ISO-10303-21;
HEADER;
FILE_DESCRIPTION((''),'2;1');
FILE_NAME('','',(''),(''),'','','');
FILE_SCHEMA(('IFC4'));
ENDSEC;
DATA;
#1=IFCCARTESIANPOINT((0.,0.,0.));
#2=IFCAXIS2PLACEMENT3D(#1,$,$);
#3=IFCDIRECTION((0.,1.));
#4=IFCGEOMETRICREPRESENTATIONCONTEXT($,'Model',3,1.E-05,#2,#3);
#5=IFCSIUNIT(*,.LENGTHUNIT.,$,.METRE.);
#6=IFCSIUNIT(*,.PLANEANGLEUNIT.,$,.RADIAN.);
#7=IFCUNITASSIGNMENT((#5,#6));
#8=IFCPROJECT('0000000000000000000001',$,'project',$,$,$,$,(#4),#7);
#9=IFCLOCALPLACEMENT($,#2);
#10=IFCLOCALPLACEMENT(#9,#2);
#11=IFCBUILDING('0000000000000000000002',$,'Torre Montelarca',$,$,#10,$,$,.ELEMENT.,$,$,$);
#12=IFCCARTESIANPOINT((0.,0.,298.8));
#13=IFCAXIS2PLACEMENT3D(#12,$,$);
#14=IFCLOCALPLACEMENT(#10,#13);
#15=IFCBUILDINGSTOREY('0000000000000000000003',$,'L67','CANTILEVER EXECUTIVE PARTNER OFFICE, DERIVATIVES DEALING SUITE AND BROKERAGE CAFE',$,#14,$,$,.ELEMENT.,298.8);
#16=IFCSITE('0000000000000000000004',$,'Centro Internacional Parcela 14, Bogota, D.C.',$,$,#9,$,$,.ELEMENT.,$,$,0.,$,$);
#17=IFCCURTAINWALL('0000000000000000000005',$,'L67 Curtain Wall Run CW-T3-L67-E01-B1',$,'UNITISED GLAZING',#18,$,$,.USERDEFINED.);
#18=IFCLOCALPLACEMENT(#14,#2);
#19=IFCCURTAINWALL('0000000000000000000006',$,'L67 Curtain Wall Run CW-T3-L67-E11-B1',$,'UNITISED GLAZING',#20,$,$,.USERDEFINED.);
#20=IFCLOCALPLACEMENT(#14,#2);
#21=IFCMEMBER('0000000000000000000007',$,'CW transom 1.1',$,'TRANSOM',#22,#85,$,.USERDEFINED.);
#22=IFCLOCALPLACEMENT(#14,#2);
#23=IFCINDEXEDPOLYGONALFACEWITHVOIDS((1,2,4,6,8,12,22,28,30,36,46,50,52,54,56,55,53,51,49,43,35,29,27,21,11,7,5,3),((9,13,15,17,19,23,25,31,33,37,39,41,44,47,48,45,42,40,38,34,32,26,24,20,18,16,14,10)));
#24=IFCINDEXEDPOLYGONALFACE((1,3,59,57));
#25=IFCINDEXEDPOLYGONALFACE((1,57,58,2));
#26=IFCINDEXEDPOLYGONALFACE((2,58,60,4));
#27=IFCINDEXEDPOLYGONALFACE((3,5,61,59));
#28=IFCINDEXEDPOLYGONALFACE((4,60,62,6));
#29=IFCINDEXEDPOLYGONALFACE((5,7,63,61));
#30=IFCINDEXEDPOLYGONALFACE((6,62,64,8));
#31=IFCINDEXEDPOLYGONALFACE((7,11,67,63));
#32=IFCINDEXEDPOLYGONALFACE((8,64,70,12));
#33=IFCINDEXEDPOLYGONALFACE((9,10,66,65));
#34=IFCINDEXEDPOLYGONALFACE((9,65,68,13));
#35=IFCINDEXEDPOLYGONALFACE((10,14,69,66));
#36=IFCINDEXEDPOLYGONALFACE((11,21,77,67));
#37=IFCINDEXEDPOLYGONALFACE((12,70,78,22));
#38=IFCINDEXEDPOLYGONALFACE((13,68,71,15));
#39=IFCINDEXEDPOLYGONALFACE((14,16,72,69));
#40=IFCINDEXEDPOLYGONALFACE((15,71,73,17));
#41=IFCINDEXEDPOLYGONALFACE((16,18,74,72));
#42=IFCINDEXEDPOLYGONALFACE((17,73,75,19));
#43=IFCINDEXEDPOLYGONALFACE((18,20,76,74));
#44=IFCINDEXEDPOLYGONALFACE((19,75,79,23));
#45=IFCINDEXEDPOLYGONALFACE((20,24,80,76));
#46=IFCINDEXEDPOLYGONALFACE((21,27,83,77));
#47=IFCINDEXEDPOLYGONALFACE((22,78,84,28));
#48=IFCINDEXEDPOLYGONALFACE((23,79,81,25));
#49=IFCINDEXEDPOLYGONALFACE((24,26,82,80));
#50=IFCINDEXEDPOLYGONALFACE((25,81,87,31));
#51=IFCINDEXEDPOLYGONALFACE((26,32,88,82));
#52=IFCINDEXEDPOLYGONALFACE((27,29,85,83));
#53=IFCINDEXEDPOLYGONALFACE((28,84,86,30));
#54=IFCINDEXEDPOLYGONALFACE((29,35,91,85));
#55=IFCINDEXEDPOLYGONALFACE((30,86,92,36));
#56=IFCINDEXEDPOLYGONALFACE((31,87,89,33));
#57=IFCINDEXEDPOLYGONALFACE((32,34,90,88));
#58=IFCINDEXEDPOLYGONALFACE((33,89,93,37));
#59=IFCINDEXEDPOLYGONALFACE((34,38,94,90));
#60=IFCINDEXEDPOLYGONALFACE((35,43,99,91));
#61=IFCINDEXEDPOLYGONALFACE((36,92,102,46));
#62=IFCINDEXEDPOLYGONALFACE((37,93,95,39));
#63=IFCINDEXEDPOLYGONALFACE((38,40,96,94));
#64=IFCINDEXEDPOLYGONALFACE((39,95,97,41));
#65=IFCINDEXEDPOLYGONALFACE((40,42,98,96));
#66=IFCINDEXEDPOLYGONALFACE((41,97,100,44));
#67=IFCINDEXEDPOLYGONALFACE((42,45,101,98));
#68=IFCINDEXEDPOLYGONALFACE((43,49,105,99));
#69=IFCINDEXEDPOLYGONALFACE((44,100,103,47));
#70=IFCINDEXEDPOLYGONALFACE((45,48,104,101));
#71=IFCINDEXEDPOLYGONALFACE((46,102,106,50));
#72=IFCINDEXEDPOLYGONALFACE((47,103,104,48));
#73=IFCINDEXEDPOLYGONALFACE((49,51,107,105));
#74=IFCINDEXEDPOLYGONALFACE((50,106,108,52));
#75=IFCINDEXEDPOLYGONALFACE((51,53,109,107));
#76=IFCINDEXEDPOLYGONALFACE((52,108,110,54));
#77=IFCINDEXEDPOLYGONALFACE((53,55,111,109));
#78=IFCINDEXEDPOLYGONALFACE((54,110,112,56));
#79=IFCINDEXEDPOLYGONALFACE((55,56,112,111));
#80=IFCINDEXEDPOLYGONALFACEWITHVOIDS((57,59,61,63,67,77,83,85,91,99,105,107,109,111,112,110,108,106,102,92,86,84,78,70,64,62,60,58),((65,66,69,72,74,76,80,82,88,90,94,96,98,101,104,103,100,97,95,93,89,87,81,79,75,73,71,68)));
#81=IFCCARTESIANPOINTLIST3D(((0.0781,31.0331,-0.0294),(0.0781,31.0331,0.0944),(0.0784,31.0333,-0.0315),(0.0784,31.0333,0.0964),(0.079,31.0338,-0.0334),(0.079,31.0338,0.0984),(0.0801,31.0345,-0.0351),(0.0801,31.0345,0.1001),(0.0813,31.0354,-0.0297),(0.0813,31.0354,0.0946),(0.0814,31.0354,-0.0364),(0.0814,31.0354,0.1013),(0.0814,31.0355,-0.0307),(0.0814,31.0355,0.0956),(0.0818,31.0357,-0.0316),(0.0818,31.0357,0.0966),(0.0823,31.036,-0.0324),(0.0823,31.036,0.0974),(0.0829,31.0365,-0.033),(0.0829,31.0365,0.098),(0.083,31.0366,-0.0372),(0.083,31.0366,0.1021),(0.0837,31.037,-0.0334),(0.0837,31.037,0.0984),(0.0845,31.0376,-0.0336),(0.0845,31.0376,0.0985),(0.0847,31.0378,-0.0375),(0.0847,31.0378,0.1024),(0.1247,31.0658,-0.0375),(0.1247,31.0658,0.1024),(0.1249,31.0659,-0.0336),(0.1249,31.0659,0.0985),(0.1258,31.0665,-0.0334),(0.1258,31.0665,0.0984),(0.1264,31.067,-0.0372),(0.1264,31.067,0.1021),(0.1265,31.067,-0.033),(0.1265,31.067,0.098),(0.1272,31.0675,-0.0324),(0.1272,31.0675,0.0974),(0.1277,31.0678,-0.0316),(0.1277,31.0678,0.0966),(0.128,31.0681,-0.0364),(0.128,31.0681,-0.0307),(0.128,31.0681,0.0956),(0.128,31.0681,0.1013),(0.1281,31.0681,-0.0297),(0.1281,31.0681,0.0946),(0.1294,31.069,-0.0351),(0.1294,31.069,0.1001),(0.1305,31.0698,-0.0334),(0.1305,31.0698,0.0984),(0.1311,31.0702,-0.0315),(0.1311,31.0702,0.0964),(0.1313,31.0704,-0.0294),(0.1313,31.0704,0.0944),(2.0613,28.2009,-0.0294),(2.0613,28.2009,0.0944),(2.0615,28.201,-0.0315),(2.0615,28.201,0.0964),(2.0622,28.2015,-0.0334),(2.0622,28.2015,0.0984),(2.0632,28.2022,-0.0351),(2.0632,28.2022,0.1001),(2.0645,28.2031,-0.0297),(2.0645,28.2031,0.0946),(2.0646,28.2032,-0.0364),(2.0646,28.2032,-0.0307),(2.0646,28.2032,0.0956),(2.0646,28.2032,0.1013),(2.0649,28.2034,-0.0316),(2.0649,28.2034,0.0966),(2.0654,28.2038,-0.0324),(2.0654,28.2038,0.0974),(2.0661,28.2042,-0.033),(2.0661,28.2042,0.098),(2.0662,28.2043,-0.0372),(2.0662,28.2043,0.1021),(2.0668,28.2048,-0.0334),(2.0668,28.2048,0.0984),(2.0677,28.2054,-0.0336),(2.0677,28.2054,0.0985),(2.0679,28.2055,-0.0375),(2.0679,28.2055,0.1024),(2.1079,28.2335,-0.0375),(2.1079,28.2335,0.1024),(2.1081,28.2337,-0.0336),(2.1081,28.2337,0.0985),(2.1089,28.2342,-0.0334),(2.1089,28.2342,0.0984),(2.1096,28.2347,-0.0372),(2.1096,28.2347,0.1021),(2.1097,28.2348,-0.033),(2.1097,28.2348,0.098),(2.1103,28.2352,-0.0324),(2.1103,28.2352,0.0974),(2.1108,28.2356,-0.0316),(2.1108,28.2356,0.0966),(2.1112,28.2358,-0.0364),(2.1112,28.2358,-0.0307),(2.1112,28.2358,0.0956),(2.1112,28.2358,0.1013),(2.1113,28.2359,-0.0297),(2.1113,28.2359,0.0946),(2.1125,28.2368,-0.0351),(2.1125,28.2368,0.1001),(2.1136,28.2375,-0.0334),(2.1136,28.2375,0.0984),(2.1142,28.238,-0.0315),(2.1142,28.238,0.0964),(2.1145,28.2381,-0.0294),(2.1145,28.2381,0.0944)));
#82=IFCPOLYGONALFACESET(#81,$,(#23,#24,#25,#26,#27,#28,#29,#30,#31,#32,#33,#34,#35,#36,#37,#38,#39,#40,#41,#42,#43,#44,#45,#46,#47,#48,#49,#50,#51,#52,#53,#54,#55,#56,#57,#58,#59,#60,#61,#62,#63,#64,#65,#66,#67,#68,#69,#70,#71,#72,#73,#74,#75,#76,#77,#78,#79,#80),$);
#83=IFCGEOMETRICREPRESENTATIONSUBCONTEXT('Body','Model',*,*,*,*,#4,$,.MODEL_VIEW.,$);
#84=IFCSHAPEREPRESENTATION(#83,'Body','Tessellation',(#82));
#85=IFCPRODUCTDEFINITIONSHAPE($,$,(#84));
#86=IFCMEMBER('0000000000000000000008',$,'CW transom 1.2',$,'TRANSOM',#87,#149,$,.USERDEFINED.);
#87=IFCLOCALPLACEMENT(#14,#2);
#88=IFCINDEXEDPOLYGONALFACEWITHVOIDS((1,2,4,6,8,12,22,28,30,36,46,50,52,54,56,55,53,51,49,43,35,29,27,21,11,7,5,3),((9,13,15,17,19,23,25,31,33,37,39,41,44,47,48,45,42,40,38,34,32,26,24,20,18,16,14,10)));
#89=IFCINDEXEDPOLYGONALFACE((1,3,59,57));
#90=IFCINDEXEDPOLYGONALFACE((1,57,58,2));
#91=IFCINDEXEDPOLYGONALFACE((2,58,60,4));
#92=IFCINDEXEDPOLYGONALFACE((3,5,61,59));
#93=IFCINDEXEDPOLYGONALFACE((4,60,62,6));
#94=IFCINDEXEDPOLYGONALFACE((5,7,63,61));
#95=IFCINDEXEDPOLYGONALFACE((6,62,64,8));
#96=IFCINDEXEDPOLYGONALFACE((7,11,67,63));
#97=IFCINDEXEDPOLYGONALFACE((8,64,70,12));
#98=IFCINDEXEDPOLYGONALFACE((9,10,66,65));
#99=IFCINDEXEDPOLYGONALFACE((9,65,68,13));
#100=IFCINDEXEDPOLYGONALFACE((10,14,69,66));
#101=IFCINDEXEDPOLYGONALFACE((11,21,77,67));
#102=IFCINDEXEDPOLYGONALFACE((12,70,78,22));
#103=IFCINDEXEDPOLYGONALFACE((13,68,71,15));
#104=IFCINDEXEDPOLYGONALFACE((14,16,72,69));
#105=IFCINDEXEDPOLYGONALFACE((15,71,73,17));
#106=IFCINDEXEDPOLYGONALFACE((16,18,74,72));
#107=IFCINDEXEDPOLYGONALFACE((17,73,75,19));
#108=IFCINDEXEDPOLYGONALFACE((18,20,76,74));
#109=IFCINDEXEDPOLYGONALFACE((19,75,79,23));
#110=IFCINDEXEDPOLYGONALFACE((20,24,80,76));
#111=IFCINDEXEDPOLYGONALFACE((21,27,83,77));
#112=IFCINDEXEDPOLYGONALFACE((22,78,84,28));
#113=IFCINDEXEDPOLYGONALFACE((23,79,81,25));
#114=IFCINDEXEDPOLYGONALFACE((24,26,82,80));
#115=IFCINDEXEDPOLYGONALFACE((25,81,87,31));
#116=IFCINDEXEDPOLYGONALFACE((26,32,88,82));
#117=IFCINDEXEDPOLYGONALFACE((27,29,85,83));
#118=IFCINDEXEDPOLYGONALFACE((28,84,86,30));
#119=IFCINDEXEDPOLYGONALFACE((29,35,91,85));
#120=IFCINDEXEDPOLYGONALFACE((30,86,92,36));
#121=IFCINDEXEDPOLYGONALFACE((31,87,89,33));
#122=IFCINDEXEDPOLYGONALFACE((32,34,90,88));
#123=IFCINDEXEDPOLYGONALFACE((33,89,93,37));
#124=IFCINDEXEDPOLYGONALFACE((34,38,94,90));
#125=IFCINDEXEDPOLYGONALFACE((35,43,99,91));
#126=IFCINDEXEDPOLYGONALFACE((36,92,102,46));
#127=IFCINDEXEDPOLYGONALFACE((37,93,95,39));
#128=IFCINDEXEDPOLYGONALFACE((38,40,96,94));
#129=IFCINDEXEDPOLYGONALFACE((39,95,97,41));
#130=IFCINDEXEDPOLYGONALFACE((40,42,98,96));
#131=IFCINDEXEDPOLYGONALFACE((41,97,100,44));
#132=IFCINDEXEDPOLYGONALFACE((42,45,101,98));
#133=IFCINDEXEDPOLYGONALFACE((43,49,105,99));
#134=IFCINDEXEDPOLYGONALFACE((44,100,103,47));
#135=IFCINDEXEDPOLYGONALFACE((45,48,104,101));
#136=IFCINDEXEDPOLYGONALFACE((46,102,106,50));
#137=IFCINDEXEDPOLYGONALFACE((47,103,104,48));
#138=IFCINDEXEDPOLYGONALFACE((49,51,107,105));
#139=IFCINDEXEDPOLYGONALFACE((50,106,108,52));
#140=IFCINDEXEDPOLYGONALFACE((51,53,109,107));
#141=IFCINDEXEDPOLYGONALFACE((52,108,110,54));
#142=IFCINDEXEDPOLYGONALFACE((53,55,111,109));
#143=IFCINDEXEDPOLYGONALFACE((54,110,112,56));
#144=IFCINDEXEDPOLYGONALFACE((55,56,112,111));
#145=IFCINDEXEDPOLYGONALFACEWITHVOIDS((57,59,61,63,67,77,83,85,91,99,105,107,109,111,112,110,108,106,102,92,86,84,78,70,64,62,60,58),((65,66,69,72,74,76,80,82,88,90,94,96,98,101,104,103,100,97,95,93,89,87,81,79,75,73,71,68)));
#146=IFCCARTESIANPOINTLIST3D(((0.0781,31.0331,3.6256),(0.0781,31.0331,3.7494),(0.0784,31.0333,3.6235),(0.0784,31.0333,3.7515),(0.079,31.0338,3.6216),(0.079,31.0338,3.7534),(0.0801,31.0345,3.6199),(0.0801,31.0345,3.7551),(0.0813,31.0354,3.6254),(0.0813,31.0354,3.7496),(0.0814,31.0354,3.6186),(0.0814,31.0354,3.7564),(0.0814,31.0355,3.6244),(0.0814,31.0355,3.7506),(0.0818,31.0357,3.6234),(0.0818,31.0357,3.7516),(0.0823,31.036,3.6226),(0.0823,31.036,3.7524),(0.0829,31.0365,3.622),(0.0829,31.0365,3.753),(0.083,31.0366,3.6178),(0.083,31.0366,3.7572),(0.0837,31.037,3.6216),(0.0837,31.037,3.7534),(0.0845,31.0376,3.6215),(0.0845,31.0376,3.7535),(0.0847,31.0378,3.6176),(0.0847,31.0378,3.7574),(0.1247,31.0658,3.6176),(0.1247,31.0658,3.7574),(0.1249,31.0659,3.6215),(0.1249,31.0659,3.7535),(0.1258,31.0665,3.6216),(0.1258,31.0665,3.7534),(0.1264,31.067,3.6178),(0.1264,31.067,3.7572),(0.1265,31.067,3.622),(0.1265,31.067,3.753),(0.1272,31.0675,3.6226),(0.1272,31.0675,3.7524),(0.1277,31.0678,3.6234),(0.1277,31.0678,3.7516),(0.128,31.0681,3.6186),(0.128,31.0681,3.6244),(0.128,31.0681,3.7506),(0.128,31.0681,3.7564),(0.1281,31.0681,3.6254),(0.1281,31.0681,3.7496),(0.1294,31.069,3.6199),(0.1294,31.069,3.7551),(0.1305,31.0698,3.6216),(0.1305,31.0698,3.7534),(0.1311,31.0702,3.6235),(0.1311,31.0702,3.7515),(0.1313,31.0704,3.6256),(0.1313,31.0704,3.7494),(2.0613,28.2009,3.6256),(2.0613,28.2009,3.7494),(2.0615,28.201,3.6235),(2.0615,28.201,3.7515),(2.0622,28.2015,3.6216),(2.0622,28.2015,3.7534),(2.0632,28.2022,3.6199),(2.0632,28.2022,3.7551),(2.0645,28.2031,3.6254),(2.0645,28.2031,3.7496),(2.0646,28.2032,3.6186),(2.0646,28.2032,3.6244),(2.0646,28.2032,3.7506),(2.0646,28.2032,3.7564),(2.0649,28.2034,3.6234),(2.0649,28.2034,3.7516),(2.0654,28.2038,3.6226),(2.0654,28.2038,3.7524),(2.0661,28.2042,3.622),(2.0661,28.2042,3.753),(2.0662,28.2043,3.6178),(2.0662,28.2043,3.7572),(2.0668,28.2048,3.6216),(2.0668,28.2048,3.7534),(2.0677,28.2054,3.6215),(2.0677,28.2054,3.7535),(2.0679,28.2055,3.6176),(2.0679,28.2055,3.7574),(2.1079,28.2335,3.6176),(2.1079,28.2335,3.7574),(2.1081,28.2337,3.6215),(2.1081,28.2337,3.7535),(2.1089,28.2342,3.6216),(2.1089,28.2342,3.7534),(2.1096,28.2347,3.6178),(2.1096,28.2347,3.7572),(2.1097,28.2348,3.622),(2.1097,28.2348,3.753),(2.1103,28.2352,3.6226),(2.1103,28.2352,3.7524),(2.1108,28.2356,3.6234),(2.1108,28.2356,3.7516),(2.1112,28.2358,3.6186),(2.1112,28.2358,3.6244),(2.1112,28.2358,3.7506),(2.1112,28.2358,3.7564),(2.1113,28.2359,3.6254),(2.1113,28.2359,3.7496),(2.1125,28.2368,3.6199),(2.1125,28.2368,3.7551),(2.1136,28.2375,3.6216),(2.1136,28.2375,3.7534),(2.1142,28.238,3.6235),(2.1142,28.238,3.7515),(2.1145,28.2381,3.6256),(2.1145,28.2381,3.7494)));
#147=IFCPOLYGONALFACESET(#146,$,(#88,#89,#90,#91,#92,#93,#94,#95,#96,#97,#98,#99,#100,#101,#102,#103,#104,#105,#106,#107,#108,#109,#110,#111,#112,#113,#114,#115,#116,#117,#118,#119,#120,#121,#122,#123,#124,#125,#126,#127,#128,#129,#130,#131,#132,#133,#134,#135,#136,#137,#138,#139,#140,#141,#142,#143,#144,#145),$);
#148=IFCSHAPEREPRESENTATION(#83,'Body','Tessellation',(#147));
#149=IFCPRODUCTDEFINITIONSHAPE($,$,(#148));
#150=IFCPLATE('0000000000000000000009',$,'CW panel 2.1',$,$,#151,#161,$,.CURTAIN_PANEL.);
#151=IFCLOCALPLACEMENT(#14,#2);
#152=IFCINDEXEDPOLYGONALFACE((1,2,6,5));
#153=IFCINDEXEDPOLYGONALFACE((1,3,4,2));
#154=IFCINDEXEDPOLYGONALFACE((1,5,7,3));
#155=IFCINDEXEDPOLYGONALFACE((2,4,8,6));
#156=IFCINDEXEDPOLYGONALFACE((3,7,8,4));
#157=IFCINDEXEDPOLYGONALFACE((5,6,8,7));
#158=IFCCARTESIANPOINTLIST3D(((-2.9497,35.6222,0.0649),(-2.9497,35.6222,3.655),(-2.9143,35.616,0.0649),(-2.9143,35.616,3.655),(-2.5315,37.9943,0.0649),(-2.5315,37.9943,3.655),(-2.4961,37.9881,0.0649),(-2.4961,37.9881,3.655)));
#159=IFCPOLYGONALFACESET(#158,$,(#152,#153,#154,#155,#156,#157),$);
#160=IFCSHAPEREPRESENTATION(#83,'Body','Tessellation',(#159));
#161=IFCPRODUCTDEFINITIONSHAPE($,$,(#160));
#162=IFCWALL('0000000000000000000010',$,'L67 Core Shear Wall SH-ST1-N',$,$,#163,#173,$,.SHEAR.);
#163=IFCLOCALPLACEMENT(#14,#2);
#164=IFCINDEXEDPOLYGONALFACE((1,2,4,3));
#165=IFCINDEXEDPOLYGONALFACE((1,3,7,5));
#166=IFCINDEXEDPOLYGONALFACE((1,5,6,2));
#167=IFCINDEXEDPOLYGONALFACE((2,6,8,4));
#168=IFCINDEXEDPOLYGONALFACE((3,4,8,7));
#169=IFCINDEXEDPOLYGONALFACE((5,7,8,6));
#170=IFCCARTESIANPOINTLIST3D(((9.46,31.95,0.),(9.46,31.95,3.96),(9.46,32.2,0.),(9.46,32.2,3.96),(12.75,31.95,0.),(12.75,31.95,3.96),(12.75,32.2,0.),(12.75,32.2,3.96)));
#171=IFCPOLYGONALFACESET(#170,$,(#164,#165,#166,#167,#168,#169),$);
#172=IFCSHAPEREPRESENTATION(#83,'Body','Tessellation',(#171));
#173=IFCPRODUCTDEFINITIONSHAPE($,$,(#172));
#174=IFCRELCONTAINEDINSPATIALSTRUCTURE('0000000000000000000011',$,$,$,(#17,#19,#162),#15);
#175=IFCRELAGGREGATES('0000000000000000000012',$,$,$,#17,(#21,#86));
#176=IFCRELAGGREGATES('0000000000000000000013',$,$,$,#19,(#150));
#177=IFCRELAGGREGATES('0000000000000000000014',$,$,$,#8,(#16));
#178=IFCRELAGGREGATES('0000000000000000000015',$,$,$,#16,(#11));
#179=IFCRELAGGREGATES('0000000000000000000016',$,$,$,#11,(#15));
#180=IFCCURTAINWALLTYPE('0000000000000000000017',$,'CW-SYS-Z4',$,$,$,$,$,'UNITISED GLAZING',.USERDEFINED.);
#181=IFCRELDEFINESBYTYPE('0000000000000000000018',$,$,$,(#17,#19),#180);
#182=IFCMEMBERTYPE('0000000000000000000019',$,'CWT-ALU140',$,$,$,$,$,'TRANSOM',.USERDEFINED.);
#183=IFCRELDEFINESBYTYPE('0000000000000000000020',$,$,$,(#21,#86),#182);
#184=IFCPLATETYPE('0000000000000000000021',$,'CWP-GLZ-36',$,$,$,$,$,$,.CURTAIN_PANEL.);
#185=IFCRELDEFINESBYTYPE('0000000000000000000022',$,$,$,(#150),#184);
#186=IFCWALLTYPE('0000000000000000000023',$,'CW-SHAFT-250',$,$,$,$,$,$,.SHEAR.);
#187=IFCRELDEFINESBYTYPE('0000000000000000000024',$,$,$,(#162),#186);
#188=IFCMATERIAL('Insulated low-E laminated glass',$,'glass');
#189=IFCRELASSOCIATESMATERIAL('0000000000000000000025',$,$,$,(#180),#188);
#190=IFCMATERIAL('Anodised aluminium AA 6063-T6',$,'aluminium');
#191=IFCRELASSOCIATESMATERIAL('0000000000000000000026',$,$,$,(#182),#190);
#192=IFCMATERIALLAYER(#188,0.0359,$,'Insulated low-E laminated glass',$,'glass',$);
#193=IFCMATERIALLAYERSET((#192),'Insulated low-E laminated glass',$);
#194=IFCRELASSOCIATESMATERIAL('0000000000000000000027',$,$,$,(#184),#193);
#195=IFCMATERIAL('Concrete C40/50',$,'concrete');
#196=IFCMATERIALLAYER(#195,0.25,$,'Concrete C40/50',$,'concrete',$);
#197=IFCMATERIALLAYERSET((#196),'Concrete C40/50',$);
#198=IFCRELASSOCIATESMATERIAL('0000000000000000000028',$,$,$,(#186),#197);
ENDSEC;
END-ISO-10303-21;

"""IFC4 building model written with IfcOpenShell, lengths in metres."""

from ifc_helpers import new_model, si_unit, direction, frame, frame_2d, origin, origin_2d, place, context, subcontext, project, spatial, rectangle, hollow_rectangle, extrude, source, transform, mapped, material, layer, layer_set, material_profile, profile_set, type_object, element, aggregate, save


model = new_model("IFC4")

# Units and contexts
model_context = context("Model", 3, precision=1e-05, world=origin(), true_north=direction((0.0, 1.0)))
body_context = subcontext(model_context, "Body", "Model", "MODEL_VIEW")
ifc_project = project(units=[si_unit("LENGTHUNIT", "METRE"), si_unit("PLANEANGLEUNIT", "RADIAN")], contexts=[model_context])

# Site, building, storey
site_placement = place(None, origin())
site = spatial("IfcSite", under=ifc_project, at=site_placement, Name="Centro Internacional Parcela 14, Bogota, D.C.", CompositionType="ELEMENT", RefElevation=0.0)
building_placement = place(site_placement, origin())
building = spatial("IfcBuilding", under=site, at=building_placement, Name="Torre Montelarca", CompositionType="ELEMENT")
storey_placement = place(building_placement, frame((0.0, 0.0, 298.8)))
storey = spatial("IfcBuildingStorey", under=building, at=storey_placement, Name="L67", Description="CANTILEVER EXECUTIVE PARTNER OFFICE, DERIVATIVES DEALING SUITE AND BROKERAGE CAFE", CompositionType="ELEMENT", Elevation=298.8)

# Shared definitions
ifc_material_1 = material(Name="Concrete C40/50", Category="concrete")

# Curtain walls
ifc_material_2 = material(Name="Insulated low-E laminated glass", Category="glass")
curtain_wall_type = type_object("IfcCurtainWallType", Name="CW-SYS-Z4", ElementType="UNITISED GLAZING", PredefinedType="USERDEFINED", material=ifc_material_2)
curtain_wall_1_placement = place(storey_placement, origin())
curtain_wall_1 = element("IfcCurtainWall", 1, at=curtain_wall_1_placement, inside=storey, type_object=curtain_wall_type, Name="L67 Curtain Wall Run CW-T3-L67-E01-B1", ObjectType="UNITISED GLAZING", PredefinedType="USERDEFINED")
ifc_material_3 = material(Name="Anodised aluminium AA 6063-T6", Category="aluminium")
curtain_wall_2_placement = place(storey_placement, origin())
curtain_wall_2 = element("IfcCurtainWall", 2, at=curtain_wall_2_placement, inside=storey, type_object=curtain_wall_type, Name="L67 Curtain Wall Run CW-T3-L67-E11-B1", ObjectType="UNITISED GLAZING", PredefinedType="USERDEFINED")

# Members
ifc_material_profile_1 = material_profile(ifc_material_3, hollow_rectangle(XDim=0.0649, YDim=0.1399, WallThickness=0.0039, InnerFilletRadius=0.0039, OuterFilletRadius=0.0081, at=origin_2d()), Name="ALU65X140X4", Category="aluminium")
ifc_profile_set_1 = profile_set([ifc_material_profile_1], Name="Anodised aluminium AA 6063-T6")
member_type_1 = type_object("IfcMemberType", Name="CWT-ALU140", ElementType="TRANSOM", PredefinedType="USERDEFINED", material=ifc_profile_set_1)
shared_shape_1 = source(origin(), body_context, "Body", "SweptSolid", [
    extrude(hollow_rectangle(XDim=0.0649, YDim=0.1399, WallThickness=0.0039, InnerFilletRadius=0.0039, OuterFilletRadius=0.0081, at=origin_2d()), origin(), (0.0, 0.0, 1.0), 3.4575),
])
member_1_placement = place(storey_placement, frame((0.1047, 31.0518, 0.0325), z_axis=(0.573571, -0.819156, 0.0), x_axis=(0.819156, 0.573571, 0.0)))
member_1 = element("IfcMember", 3, at=member_1_placement, type_object=member_type_1, Name="CW transom 1.1", ObjectType="TRANSOM", PredefinedType="USERDEFINED", context=body_context, shape_type="MappedRepresentation", body=[
    mapped(shared_shape_1, transform((0.0, 0.0, 0.0), scale=1.0)),
])
member_2_placement = place(storey_placement, frame((0.1047, 31.0518, 3.6875), z_axis=(0.573571, -0.819156, 0.0), x_axis=(0.819156, 0.573571, 0.0)))
member_2 = element("IfcMember", 4, at=member_2_placement, type_object=member_type_1, Name="CW transom 1.2", ObjectType="TRANSOM", PredefinedType="USERDEFINED", context=body_context, shape_type="MappedRepresentation", body=[
    mapped(shared_shape_1, transform((0.0, 0.0, 0.0), scale=1.0)),
])
aggregate(curtain_wall_1, [member_1, member_2])

# Plate
ifc_layer_1 = layer(ifc_material_2, 0.0359, Name="Insulated low-E laminated glass", Category="glass")
ifc_layer_set_1 = layer_set([ifc_layer_1], Name="Insulated low-E laminated glass")
plate_type = type_object("IfcPlateType", Name="CWP-GLZ-36", PredefinedType="CURTAIN_PANEL", material=ifc_layer_set_1)
shared_shape_2 = source(origin(), body_context, "Body", "SweptSolid", [
    extrude(rectangle(XDim=2.4087, YDim=0.0359, at=origin_2d()), origin(), (0.0, 0.0, 1.0), 3.5901),
])
plate_placement = place(storey_placement, frame((-2.7229, 36.8052, 0.0649), z_axis=(0.0, 0.0, 1.0), x_axis=(-0.173635, -0.98481, 0.0)))
plate = element("IfcPlate", 5, at=plate_placement, type_object=plate_type, Name="CW panel 2.1", PredefinedType="CURTAIN_PANEL", context=body_context, shape_type="MappedRepresentation", body=[
    mapped(shared_shape_2, transform((0.0, 0.0, 0.0), scale=1.0)),
])
aggregate(curtain_wall_2, [plate])

# Wall
ifc_layer_2 = layer(ifc_material_1, 0.25, Name="Concrete C40/50", Category="concrete")
ifc_layer_set_2 = layer_set([ifc_layer_2], Name="Concrete C40/50")
wall_type_1 = type_object("IfcWallType", Name="CW-SHAFT-250", PredefinedType="SHEAR", material=ifc_layer_set_2)
wall_1_placement = place(storey_placement, frame((9.46, 32.075, 0.0), z_axis=(0.0, 0.0, 1.0), x_axis=(1.0, 0.0, 0.0)))
element("IfcWall", 6, at=wall_1_placement, inside=storey, type_object=wall_type_1, Name="L67 Core Shear Wall SH-ST1-N", PredefinedType="SHEAR", context=body_context, shape_type="SweptSolid", body=[
    extrude(rectangle(XDim=3.29, YDim=0.25, at=frame_2d((1.645, 0.0))), origin(), (0.0, 0.0, 1.0), 3.96),
])

save(model, "model.ifc")
